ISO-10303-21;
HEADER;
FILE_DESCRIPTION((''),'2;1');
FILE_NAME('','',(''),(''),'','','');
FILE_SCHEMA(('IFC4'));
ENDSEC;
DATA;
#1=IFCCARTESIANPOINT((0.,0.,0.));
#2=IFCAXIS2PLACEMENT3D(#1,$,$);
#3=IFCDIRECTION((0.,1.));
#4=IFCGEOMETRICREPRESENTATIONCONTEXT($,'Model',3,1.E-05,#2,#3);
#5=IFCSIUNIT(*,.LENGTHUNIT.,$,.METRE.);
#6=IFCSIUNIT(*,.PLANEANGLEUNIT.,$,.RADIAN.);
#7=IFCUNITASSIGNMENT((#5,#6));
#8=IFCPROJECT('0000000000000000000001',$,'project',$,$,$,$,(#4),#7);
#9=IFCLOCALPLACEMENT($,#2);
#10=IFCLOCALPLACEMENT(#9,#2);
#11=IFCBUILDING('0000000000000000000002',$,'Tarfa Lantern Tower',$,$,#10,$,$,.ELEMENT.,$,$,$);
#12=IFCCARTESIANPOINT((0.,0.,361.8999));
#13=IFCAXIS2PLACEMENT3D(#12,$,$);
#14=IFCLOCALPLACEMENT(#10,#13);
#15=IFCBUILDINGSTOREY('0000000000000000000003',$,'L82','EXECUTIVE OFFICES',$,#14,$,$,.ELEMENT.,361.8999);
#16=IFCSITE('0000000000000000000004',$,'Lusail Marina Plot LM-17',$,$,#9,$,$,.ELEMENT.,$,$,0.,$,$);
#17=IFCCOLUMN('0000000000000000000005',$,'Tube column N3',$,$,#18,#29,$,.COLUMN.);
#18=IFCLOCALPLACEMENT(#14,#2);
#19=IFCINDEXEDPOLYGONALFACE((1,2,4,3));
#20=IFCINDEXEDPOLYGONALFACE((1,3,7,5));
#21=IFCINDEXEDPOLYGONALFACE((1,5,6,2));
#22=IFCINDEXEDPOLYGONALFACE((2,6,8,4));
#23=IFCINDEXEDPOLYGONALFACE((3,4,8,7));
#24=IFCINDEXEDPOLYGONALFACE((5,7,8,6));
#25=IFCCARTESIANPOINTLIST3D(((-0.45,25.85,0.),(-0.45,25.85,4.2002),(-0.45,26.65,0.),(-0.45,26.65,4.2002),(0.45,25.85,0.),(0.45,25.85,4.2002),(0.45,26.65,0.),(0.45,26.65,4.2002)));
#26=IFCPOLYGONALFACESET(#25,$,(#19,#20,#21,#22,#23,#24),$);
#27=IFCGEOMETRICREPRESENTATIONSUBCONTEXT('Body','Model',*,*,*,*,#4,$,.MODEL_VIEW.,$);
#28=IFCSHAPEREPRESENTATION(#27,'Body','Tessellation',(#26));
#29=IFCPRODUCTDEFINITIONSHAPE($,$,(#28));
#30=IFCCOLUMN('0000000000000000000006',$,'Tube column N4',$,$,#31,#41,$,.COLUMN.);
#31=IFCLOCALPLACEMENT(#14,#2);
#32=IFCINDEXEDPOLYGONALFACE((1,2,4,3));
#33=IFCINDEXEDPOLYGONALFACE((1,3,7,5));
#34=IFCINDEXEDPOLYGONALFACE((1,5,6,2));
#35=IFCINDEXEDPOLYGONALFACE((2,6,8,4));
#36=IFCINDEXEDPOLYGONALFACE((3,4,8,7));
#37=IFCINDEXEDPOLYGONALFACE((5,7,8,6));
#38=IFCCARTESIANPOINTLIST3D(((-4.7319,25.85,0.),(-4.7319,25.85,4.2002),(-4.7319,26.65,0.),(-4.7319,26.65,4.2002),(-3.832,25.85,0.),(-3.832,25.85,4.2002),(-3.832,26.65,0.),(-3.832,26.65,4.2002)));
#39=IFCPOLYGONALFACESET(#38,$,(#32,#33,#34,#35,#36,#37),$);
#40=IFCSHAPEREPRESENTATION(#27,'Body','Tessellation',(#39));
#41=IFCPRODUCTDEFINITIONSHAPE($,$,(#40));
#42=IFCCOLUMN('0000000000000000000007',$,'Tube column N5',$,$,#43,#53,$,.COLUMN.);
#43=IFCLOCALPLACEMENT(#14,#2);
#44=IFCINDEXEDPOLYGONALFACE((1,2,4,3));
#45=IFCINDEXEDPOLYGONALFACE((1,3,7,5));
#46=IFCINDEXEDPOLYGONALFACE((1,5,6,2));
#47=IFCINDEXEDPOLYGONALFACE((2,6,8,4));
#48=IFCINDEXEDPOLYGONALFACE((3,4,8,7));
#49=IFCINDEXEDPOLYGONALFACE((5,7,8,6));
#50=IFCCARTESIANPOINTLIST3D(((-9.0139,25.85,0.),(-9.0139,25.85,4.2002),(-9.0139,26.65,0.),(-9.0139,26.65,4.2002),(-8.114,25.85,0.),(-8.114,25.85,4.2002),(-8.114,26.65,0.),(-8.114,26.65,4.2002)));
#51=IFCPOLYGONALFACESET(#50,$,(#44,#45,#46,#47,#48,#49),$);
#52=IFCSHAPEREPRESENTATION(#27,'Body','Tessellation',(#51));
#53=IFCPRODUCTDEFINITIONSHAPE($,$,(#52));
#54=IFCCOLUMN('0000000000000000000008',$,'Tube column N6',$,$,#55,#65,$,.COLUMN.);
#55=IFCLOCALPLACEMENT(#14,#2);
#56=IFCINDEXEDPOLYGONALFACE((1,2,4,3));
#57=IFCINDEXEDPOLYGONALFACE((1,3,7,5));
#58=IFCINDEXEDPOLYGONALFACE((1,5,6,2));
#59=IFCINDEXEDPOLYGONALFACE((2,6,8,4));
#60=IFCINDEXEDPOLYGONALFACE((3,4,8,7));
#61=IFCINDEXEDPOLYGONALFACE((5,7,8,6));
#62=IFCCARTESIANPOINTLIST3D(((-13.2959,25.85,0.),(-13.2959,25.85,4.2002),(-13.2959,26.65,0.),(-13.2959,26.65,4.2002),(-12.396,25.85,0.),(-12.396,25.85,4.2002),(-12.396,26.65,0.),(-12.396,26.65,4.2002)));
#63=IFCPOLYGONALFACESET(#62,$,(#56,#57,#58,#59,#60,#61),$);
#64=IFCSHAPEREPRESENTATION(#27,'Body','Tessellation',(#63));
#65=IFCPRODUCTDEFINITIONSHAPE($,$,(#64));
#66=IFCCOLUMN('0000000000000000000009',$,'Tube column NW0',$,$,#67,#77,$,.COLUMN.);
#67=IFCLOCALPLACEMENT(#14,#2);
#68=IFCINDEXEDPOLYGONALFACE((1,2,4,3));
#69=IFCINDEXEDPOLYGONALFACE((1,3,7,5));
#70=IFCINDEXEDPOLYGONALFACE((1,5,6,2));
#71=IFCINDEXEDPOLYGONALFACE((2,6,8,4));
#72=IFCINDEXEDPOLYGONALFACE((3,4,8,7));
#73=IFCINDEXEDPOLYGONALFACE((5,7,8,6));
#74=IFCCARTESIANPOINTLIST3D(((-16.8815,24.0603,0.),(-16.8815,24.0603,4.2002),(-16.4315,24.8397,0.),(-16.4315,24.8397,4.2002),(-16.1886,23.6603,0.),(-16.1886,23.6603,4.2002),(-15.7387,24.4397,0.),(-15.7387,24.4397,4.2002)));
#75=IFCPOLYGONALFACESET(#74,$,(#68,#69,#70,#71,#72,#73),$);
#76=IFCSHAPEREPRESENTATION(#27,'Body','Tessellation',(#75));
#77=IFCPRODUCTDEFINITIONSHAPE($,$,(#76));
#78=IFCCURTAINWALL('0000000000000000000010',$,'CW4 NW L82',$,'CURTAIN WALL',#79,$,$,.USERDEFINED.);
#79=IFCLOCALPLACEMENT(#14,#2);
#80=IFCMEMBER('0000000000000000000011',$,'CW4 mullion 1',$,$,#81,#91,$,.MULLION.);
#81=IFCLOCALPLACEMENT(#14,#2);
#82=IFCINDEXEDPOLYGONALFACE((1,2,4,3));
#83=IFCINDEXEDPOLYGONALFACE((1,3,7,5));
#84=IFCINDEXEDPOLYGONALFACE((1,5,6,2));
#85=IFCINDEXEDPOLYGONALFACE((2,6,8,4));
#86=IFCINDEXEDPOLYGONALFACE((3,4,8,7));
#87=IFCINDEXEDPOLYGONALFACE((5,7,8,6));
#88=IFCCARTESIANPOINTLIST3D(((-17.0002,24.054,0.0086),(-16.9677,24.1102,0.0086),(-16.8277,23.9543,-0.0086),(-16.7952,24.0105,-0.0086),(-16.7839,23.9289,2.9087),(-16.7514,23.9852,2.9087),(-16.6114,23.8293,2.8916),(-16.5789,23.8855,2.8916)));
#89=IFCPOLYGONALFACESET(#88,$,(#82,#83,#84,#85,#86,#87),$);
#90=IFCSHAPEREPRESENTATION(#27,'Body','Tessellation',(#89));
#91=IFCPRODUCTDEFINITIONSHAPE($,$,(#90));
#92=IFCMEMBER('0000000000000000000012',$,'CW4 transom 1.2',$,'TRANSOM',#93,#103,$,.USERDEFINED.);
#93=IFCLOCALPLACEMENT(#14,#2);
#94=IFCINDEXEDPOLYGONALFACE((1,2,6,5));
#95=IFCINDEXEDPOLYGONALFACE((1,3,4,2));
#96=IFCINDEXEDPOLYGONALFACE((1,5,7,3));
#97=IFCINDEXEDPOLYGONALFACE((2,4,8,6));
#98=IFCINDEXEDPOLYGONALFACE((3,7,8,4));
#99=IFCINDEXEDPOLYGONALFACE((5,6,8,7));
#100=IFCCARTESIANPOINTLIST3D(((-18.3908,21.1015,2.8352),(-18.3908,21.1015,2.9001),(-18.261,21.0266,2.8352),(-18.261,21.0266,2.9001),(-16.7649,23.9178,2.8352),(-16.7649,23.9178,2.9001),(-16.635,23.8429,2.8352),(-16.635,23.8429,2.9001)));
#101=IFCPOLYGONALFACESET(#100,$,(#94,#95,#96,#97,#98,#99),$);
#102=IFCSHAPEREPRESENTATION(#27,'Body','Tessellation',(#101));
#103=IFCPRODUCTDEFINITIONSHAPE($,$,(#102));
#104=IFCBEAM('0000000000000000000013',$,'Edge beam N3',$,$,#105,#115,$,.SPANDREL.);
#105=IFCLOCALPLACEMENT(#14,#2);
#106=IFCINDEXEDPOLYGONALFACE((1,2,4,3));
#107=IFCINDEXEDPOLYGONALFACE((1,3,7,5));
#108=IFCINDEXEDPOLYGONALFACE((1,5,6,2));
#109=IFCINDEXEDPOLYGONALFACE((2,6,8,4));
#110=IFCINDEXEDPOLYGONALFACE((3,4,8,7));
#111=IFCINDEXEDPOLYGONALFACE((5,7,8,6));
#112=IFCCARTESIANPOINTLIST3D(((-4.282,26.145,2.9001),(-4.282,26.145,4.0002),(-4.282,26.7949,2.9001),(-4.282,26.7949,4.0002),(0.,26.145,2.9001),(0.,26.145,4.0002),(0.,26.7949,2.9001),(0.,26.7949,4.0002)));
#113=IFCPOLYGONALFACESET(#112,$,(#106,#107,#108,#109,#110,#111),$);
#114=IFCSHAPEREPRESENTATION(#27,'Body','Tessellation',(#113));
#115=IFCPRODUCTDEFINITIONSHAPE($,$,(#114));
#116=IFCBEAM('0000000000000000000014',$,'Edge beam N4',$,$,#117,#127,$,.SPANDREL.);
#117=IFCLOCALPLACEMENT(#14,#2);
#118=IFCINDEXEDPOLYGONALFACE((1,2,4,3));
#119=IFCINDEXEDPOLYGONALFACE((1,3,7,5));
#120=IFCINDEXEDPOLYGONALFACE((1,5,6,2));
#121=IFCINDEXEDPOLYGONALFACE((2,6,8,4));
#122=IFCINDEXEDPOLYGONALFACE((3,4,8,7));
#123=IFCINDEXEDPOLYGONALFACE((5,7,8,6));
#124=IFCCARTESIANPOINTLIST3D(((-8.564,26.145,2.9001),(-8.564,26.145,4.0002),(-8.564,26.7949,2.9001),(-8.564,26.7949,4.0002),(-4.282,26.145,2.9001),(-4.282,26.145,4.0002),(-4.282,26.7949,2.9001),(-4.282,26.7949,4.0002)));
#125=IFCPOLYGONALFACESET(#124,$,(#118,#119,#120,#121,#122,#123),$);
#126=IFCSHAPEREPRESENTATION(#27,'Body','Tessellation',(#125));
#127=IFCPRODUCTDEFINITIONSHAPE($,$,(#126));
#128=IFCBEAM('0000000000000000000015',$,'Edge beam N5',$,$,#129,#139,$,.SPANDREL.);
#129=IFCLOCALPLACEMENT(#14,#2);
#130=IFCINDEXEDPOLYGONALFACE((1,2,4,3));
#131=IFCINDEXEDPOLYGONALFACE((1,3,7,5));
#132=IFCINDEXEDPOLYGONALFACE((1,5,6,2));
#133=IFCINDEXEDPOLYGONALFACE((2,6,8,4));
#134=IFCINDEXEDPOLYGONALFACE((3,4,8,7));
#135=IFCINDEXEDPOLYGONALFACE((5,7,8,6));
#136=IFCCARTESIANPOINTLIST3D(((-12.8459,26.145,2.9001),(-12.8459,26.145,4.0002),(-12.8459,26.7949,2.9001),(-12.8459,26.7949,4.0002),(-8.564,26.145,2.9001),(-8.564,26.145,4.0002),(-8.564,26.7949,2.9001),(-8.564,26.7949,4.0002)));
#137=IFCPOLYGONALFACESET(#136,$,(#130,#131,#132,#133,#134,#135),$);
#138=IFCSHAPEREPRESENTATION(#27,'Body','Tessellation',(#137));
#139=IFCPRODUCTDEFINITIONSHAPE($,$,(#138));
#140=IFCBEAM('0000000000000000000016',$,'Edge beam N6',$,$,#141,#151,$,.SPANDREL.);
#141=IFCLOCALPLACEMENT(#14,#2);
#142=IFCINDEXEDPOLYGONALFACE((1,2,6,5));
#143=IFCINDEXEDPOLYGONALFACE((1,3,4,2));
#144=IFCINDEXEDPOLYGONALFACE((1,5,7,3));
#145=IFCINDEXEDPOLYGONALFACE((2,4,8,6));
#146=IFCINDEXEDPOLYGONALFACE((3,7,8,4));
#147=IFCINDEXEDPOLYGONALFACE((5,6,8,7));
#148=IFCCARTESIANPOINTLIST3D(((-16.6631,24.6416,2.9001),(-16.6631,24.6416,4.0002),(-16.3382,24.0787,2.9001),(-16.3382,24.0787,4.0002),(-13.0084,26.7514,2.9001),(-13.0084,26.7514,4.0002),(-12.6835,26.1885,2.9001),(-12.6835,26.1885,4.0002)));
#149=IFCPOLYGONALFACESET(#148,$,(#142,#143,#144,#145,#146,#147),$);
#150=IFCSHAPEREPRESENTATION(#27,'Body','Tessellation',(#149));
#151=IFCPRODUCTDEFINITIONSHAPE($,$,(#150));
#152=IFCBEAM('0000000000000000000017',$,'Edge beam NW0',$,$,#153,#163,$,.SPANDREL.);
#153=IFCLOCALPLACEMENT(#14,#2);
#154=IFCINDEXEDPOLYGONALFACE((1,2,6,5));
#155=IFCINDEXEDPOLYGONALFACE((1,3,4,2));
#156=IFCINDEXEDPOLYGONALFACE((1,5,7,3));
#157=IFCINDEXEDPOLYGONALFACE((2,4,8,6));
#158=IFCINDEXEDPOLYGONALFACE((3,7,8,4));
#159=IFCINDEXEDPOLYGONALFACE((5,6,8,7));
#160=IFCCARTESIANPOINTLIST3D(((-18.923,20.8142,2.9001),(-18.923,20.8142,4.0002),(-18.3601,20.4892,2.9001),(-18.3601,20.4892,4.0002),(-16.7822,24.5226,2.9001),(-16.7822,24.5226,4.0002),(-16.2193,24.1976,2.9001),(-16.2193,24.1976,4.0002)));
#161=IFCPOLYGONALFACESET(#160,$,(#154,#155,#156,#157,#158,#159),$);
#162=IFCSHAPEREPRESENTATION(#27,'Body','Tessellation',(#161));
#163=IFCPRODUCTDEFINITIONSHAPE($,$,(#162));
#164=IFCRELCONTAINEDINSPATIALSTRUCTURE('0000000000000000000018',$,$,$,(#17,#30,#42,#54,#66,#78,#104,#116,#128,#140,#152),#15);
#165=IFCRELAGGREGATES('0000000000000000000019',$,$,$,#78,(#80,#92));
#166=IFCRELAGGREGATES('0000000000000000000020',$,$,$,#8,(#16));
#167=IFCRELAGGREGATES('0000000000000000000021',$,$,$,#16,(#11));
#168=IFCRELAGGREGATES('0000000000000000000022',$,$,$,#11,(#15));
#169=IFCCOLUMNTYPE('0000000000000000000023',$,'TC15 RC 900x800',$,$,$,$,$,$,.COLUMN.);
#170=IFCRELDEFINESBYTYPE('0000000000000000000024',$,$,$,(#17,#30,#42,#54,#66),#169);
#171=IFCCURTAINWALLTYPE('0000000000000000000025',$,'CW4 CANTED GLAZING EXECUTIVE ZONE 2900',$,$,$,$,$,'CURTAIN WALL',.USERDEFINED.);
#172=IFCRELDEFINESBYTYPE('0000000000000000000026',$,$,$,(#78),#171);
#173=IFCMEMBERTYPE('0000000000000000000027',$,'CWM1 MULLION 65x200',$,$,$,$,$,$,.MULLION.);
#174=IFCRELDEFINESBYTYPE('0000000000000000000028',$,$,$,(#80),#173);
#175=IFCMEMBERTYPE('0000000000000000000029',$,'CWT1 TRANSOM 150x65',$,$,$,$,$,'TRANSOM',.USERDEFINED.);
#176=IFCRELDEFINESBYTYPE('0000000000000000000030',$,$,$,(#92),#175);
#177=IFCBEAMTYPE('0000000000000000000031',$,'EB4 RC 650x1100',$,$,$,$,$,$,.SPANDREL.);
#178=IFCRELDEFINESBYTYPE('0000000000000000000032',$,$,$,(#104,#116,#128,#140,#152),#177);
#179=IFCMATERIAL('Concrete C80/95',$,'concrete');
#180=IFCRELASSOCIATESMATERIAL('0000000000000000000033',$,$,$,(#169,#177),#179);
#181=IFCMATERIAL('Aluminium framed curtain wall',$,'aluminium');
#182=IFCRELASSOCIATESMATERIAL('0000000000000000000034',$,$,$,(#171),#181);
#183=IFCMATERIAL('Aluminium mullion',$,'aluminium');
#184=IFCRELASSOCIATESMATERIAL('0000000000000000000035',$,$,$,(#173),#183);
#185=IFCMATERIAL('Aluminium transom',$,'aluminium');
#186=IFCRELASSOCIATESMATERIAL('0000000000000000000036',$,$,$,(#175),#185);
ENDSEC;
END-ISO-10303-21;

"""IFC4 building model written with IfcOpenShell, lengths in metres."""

from ifc_helpers import new_model, si_unit, direction, frame, origin, origin_2d, place, context, subcontext, project, spatial, rectangle, extrude, material, material_profile, profile_set, type_object, element, aggregate, save


model = new_model("IFC4")

# Units and contexts
model_context = context("Model", 3, precision=1e-05, world=origin(), true_north=direction((0.0, 1.0)))
body_context = subcontext(model_context, "Body", "Model", "MODEL_VIEW")
ifc_project = project(units=[si_unit("LENGTHUNIT", "METRE"), si_unit("PLANEANGLEUNIT", "RADIAN")], contexts=[model_context])

# Site, building, storey
site_placement = place(None, origin())
site = spatial("IfcSite", under=ifc_project, at=site_placement, Name="Lusail Marina Plot LM-17", CompositionType="ELEMENT", RefElevation=0.0)
building_placement = place(site_placement, origin())
building = spatial("IfcBuilding", under=site, at=building_placement, Name="Tarfa Lantern Tower", CompositionType="ELEMENT")
storey_placement = place(building_placement, frame((0.0, 0.0, 361.8999)))
storey = spatial("IfcBuildingStorey", under=building, at=storey_placement, Name="L82", Description="EXECUTIVE OFFICES", CompositionType="ELEMENT", Elevation=361.8999)

# Columns
ifc_material_1 = material(Name="Concrete C80/95", Category="concrete")
ifc_material_profile_1 = material_profile(ifc_material_1, rectangle(XDim=0.8999, YDim=0.8, at=origin_2d()), Name="RC 900x800")
ifc_profile_set_1 = profile_set([ifc_material_profile_1], Name="Concrete C80/95")
column_type = type_object("IfcColumnType", Name="TC15 RC 900x800", PredefinedType="COLUMN", material=ifc_profile_set_1)
for number, where, z_axis, x_axis, name in (
    (1, (0.0, 26.25, 0.0), (0.0, 0.0, 1.0), (-1.0, 0.0, 0.0), "Tube column N3"),
    (2, (-4.282, 26.25, 0.0), (0.0, 0.0, 1.0), (-1.0, 0.0, 0.0), "Tube column N4"),
    (3, (-8.564, 26.25, 0.0), (0.0, 0.0, 1.0), (-1.0, 0.0, 0.0), "Tube column N5"),
    (4, (-12.8459, 26.25, 0.0), (0.0, 0.0, 1.0), (-1.0, 0.0, 0.0), "Tube column N6"),
    (5, (-16.3101, 24.25, 0.0), (0.0, 0.0, 1.0), (-0.5, -0.866025, 0.0), "Tube column NW0"),
):
    element("IfcColumn", number, at=place(storey_placement, frame(where, z_axis=z_axis, x_axis=x_axis)), inside=storey, type_object=column_type, Name=name, PredefinedType="COLUMN", context=body_context, shape_type="SweptSolid", body=[
        extrude(rectangle(XDim=0.8999, YDim=0.8, at=origin_2d()), origin(), (0.0, 0.0, 1.0), 4.2002),
    ])

# Curtain wall, members
ifc_material_2 = material(Name="Aluminium framed curtain wall", Category="aluminium")
curtain_wall_type = type_object("IfcCurtainWallType", Name="CW4 CANTED GLAZING EXECUTIVE ZONE 2900", ElementType="CURTAIN WALL", PredefinedType="USERDEFINED", material=ifc_material_2)
curtain_wall_placement = place(storey_placement, origin())
curtain_wall = element("IfcCurtainWall", 6, at=curtain_wall_placement, inside=storey, type_object=curtain_wall_type, Name="CW4 NW L82", ObjectType="CURTAIN WALL", PredefinedType="USERDEFINED")
ifc_material_3 = material(Name="Aluminium mullion", Category="aluminium")
ifc_material_profile_2 = material_profile(ifc_material_3, rectangle(XDim=0.0649, YDim=0.2, at=origin_2d()), Name="AL MULLION 65x200")
ifc_profile_set_2 = profile_set([ifc_material_profile_2], Name="Aluminium mullion")
member_type_1 = type_object("IfcMemberType", Name="CWM1 MULLION 65x200", PredefinedType="MULLION", material=ifc_profile_set_2)
member_1_placement = place(storey_placement, frame((-16.8977, 24.0322, 0.0), z_axis=(0.07431, -0.042942, 0.99631), x_axis=(0.500343, 0.865827, 0.0)))
member_1 = element("IfcMember", 7, at=member_1_placement, type_object=member_type_1, Name="CW4 mullion 1", PredefinedType="MULLION", context=body_context, shape_type="SweptSolid", body=[
    extrude(rectangle(XDim=0.0649, YDim=0.2, at=origin_2d()), origin(), (0.0, 0.0, 1.0), 2.9109),
])
ifc_material_4 = material(Name="Aluminium transom", Category="aluminium")
ifc_material_profile_3 = material_profile(ifc_material_4, rectangle(XDim=0.1499, YDim=0.0649, at=origin_2d()), Name="AL TRANSOM 150x65")
ifc_profile_set_3 = profile_set([ifc_material_profile_3], Name="Aluminium transom")
member_type_2 = type_object("IfcMemberType", Name="CWT1 TRANSOM 150x65", ElementType="TRANSOM", PredefinedType="USERDEFINED", material=ifc_profile_set_3)
member_2_placement = place(storey_placement, frame((-16.7, 23.8804, 2.8677), z_axis=(-0.499982, -0.866036, 0.0), x_axis=(0.866036, -0.499982, 0.0)))
member_2 = element("IfcMember", 8, at=member_2_placement, type_object=member_type_2, Name="CW4 transom 1.2", ObjectType="TRANSOM", PredefinedType="USERDEFINED", context=body_context, shape_type="SweptSolid", body=[
    extrude(rectangle(XDim=0.1499, YDim=0.0649, at=origin_2d()), origin(), (0.0, 0.0, 1.0), 3.252),
])
aggregate(curtain_wall, [member_1, member_2])

# Beams
ifc_material_profile_4 = material_profile(ifc_material_1, rectangle(XDim=0.6499, YDim=1.1001, at=origin_2d()), Name="RC 650x1100")
ifc_profile_set_4 = profile_set([ifc_material_profile_4], Name="Concrete C80/95")
beam_type_1 = type_object("IfcBeamType", Name="EB4 RC 650x1100", PredefinedType="SPANDREL", material=ifc_profile_set_4)
for number, where, z_axis, x_axis, name in (
    (9, (0.0, 26.47, 3.4502), (-1.0, 0.0, 0.0), (0.0, -1.0, 0.0), "Edge beam N3"),
    (10, (-4.282, 26.47, 3.4502), (-1.0, 0.0, 0.0), (0.0, -1.0, 0.0), "Edge beam N4"),
    (11, (-8.564, 26.47, 3.4502), (-1.0, 0.0, 0.0), (0.0, -1.0, 0.0), "Edge beam N5"),
):
    element("IfcBeam", number, at=place(storey_placement, frame(where, z_axis=z_axis, x_axis=x_axis)), inside=storey, type_object=beam_type_1, Name=name, PredefinedType="SPANDREL", context=body_context, shape_type="SweptSolid", body=[
        extrude(rectangle(XDim=0.6499, YDim=1.1001, at=origin_2d()), origin(), (0.0, 0.0, 1.0), 4.282),
    ])
beam_1_placement = place(storey_placement, frame((-12.8459, 26.47, 3.4502), z_axis=(-0.866049, -0.499959, 0.0), x_axis=(0.499959, -0.866049, 0.0)))
element("IfcBeam", 12, at=beam_1_placement, inside=storey, type_object=beam_type_1, Name="Edge beam N6", PredefinedType="SPANDREL", context=body_context, shape_type="SweptSolid", body=[
    extrude(rectangle(XDim=0.6499, YDim=1.1001, at=origin_2d()), origin(), (0.0, 0.0, 1.0), 4.22),
])
beam_2_placement = place(storey_placement, frame((-16.5007, 24.3601, 3.4502), z_axis=(-0.499959, -0.866049, 0.0), x_axis=(0.866049, -0.499959, 0.0)))
element("IfcBeam", 13, at=beam_2_placement, inside=storey, type_object=beam_type_1, Name="Edge beam NW0", PredefinedType="SPANDREL", context=body_context, shape_type="SweptSolid", body=[
    extrude(rectangle(XDim=0.6499, YDim=1.1001, at=origin_2d()), origin(), (0.0, 0.0, 1.0), 4.282),
])

save(model, "model.ifc")
